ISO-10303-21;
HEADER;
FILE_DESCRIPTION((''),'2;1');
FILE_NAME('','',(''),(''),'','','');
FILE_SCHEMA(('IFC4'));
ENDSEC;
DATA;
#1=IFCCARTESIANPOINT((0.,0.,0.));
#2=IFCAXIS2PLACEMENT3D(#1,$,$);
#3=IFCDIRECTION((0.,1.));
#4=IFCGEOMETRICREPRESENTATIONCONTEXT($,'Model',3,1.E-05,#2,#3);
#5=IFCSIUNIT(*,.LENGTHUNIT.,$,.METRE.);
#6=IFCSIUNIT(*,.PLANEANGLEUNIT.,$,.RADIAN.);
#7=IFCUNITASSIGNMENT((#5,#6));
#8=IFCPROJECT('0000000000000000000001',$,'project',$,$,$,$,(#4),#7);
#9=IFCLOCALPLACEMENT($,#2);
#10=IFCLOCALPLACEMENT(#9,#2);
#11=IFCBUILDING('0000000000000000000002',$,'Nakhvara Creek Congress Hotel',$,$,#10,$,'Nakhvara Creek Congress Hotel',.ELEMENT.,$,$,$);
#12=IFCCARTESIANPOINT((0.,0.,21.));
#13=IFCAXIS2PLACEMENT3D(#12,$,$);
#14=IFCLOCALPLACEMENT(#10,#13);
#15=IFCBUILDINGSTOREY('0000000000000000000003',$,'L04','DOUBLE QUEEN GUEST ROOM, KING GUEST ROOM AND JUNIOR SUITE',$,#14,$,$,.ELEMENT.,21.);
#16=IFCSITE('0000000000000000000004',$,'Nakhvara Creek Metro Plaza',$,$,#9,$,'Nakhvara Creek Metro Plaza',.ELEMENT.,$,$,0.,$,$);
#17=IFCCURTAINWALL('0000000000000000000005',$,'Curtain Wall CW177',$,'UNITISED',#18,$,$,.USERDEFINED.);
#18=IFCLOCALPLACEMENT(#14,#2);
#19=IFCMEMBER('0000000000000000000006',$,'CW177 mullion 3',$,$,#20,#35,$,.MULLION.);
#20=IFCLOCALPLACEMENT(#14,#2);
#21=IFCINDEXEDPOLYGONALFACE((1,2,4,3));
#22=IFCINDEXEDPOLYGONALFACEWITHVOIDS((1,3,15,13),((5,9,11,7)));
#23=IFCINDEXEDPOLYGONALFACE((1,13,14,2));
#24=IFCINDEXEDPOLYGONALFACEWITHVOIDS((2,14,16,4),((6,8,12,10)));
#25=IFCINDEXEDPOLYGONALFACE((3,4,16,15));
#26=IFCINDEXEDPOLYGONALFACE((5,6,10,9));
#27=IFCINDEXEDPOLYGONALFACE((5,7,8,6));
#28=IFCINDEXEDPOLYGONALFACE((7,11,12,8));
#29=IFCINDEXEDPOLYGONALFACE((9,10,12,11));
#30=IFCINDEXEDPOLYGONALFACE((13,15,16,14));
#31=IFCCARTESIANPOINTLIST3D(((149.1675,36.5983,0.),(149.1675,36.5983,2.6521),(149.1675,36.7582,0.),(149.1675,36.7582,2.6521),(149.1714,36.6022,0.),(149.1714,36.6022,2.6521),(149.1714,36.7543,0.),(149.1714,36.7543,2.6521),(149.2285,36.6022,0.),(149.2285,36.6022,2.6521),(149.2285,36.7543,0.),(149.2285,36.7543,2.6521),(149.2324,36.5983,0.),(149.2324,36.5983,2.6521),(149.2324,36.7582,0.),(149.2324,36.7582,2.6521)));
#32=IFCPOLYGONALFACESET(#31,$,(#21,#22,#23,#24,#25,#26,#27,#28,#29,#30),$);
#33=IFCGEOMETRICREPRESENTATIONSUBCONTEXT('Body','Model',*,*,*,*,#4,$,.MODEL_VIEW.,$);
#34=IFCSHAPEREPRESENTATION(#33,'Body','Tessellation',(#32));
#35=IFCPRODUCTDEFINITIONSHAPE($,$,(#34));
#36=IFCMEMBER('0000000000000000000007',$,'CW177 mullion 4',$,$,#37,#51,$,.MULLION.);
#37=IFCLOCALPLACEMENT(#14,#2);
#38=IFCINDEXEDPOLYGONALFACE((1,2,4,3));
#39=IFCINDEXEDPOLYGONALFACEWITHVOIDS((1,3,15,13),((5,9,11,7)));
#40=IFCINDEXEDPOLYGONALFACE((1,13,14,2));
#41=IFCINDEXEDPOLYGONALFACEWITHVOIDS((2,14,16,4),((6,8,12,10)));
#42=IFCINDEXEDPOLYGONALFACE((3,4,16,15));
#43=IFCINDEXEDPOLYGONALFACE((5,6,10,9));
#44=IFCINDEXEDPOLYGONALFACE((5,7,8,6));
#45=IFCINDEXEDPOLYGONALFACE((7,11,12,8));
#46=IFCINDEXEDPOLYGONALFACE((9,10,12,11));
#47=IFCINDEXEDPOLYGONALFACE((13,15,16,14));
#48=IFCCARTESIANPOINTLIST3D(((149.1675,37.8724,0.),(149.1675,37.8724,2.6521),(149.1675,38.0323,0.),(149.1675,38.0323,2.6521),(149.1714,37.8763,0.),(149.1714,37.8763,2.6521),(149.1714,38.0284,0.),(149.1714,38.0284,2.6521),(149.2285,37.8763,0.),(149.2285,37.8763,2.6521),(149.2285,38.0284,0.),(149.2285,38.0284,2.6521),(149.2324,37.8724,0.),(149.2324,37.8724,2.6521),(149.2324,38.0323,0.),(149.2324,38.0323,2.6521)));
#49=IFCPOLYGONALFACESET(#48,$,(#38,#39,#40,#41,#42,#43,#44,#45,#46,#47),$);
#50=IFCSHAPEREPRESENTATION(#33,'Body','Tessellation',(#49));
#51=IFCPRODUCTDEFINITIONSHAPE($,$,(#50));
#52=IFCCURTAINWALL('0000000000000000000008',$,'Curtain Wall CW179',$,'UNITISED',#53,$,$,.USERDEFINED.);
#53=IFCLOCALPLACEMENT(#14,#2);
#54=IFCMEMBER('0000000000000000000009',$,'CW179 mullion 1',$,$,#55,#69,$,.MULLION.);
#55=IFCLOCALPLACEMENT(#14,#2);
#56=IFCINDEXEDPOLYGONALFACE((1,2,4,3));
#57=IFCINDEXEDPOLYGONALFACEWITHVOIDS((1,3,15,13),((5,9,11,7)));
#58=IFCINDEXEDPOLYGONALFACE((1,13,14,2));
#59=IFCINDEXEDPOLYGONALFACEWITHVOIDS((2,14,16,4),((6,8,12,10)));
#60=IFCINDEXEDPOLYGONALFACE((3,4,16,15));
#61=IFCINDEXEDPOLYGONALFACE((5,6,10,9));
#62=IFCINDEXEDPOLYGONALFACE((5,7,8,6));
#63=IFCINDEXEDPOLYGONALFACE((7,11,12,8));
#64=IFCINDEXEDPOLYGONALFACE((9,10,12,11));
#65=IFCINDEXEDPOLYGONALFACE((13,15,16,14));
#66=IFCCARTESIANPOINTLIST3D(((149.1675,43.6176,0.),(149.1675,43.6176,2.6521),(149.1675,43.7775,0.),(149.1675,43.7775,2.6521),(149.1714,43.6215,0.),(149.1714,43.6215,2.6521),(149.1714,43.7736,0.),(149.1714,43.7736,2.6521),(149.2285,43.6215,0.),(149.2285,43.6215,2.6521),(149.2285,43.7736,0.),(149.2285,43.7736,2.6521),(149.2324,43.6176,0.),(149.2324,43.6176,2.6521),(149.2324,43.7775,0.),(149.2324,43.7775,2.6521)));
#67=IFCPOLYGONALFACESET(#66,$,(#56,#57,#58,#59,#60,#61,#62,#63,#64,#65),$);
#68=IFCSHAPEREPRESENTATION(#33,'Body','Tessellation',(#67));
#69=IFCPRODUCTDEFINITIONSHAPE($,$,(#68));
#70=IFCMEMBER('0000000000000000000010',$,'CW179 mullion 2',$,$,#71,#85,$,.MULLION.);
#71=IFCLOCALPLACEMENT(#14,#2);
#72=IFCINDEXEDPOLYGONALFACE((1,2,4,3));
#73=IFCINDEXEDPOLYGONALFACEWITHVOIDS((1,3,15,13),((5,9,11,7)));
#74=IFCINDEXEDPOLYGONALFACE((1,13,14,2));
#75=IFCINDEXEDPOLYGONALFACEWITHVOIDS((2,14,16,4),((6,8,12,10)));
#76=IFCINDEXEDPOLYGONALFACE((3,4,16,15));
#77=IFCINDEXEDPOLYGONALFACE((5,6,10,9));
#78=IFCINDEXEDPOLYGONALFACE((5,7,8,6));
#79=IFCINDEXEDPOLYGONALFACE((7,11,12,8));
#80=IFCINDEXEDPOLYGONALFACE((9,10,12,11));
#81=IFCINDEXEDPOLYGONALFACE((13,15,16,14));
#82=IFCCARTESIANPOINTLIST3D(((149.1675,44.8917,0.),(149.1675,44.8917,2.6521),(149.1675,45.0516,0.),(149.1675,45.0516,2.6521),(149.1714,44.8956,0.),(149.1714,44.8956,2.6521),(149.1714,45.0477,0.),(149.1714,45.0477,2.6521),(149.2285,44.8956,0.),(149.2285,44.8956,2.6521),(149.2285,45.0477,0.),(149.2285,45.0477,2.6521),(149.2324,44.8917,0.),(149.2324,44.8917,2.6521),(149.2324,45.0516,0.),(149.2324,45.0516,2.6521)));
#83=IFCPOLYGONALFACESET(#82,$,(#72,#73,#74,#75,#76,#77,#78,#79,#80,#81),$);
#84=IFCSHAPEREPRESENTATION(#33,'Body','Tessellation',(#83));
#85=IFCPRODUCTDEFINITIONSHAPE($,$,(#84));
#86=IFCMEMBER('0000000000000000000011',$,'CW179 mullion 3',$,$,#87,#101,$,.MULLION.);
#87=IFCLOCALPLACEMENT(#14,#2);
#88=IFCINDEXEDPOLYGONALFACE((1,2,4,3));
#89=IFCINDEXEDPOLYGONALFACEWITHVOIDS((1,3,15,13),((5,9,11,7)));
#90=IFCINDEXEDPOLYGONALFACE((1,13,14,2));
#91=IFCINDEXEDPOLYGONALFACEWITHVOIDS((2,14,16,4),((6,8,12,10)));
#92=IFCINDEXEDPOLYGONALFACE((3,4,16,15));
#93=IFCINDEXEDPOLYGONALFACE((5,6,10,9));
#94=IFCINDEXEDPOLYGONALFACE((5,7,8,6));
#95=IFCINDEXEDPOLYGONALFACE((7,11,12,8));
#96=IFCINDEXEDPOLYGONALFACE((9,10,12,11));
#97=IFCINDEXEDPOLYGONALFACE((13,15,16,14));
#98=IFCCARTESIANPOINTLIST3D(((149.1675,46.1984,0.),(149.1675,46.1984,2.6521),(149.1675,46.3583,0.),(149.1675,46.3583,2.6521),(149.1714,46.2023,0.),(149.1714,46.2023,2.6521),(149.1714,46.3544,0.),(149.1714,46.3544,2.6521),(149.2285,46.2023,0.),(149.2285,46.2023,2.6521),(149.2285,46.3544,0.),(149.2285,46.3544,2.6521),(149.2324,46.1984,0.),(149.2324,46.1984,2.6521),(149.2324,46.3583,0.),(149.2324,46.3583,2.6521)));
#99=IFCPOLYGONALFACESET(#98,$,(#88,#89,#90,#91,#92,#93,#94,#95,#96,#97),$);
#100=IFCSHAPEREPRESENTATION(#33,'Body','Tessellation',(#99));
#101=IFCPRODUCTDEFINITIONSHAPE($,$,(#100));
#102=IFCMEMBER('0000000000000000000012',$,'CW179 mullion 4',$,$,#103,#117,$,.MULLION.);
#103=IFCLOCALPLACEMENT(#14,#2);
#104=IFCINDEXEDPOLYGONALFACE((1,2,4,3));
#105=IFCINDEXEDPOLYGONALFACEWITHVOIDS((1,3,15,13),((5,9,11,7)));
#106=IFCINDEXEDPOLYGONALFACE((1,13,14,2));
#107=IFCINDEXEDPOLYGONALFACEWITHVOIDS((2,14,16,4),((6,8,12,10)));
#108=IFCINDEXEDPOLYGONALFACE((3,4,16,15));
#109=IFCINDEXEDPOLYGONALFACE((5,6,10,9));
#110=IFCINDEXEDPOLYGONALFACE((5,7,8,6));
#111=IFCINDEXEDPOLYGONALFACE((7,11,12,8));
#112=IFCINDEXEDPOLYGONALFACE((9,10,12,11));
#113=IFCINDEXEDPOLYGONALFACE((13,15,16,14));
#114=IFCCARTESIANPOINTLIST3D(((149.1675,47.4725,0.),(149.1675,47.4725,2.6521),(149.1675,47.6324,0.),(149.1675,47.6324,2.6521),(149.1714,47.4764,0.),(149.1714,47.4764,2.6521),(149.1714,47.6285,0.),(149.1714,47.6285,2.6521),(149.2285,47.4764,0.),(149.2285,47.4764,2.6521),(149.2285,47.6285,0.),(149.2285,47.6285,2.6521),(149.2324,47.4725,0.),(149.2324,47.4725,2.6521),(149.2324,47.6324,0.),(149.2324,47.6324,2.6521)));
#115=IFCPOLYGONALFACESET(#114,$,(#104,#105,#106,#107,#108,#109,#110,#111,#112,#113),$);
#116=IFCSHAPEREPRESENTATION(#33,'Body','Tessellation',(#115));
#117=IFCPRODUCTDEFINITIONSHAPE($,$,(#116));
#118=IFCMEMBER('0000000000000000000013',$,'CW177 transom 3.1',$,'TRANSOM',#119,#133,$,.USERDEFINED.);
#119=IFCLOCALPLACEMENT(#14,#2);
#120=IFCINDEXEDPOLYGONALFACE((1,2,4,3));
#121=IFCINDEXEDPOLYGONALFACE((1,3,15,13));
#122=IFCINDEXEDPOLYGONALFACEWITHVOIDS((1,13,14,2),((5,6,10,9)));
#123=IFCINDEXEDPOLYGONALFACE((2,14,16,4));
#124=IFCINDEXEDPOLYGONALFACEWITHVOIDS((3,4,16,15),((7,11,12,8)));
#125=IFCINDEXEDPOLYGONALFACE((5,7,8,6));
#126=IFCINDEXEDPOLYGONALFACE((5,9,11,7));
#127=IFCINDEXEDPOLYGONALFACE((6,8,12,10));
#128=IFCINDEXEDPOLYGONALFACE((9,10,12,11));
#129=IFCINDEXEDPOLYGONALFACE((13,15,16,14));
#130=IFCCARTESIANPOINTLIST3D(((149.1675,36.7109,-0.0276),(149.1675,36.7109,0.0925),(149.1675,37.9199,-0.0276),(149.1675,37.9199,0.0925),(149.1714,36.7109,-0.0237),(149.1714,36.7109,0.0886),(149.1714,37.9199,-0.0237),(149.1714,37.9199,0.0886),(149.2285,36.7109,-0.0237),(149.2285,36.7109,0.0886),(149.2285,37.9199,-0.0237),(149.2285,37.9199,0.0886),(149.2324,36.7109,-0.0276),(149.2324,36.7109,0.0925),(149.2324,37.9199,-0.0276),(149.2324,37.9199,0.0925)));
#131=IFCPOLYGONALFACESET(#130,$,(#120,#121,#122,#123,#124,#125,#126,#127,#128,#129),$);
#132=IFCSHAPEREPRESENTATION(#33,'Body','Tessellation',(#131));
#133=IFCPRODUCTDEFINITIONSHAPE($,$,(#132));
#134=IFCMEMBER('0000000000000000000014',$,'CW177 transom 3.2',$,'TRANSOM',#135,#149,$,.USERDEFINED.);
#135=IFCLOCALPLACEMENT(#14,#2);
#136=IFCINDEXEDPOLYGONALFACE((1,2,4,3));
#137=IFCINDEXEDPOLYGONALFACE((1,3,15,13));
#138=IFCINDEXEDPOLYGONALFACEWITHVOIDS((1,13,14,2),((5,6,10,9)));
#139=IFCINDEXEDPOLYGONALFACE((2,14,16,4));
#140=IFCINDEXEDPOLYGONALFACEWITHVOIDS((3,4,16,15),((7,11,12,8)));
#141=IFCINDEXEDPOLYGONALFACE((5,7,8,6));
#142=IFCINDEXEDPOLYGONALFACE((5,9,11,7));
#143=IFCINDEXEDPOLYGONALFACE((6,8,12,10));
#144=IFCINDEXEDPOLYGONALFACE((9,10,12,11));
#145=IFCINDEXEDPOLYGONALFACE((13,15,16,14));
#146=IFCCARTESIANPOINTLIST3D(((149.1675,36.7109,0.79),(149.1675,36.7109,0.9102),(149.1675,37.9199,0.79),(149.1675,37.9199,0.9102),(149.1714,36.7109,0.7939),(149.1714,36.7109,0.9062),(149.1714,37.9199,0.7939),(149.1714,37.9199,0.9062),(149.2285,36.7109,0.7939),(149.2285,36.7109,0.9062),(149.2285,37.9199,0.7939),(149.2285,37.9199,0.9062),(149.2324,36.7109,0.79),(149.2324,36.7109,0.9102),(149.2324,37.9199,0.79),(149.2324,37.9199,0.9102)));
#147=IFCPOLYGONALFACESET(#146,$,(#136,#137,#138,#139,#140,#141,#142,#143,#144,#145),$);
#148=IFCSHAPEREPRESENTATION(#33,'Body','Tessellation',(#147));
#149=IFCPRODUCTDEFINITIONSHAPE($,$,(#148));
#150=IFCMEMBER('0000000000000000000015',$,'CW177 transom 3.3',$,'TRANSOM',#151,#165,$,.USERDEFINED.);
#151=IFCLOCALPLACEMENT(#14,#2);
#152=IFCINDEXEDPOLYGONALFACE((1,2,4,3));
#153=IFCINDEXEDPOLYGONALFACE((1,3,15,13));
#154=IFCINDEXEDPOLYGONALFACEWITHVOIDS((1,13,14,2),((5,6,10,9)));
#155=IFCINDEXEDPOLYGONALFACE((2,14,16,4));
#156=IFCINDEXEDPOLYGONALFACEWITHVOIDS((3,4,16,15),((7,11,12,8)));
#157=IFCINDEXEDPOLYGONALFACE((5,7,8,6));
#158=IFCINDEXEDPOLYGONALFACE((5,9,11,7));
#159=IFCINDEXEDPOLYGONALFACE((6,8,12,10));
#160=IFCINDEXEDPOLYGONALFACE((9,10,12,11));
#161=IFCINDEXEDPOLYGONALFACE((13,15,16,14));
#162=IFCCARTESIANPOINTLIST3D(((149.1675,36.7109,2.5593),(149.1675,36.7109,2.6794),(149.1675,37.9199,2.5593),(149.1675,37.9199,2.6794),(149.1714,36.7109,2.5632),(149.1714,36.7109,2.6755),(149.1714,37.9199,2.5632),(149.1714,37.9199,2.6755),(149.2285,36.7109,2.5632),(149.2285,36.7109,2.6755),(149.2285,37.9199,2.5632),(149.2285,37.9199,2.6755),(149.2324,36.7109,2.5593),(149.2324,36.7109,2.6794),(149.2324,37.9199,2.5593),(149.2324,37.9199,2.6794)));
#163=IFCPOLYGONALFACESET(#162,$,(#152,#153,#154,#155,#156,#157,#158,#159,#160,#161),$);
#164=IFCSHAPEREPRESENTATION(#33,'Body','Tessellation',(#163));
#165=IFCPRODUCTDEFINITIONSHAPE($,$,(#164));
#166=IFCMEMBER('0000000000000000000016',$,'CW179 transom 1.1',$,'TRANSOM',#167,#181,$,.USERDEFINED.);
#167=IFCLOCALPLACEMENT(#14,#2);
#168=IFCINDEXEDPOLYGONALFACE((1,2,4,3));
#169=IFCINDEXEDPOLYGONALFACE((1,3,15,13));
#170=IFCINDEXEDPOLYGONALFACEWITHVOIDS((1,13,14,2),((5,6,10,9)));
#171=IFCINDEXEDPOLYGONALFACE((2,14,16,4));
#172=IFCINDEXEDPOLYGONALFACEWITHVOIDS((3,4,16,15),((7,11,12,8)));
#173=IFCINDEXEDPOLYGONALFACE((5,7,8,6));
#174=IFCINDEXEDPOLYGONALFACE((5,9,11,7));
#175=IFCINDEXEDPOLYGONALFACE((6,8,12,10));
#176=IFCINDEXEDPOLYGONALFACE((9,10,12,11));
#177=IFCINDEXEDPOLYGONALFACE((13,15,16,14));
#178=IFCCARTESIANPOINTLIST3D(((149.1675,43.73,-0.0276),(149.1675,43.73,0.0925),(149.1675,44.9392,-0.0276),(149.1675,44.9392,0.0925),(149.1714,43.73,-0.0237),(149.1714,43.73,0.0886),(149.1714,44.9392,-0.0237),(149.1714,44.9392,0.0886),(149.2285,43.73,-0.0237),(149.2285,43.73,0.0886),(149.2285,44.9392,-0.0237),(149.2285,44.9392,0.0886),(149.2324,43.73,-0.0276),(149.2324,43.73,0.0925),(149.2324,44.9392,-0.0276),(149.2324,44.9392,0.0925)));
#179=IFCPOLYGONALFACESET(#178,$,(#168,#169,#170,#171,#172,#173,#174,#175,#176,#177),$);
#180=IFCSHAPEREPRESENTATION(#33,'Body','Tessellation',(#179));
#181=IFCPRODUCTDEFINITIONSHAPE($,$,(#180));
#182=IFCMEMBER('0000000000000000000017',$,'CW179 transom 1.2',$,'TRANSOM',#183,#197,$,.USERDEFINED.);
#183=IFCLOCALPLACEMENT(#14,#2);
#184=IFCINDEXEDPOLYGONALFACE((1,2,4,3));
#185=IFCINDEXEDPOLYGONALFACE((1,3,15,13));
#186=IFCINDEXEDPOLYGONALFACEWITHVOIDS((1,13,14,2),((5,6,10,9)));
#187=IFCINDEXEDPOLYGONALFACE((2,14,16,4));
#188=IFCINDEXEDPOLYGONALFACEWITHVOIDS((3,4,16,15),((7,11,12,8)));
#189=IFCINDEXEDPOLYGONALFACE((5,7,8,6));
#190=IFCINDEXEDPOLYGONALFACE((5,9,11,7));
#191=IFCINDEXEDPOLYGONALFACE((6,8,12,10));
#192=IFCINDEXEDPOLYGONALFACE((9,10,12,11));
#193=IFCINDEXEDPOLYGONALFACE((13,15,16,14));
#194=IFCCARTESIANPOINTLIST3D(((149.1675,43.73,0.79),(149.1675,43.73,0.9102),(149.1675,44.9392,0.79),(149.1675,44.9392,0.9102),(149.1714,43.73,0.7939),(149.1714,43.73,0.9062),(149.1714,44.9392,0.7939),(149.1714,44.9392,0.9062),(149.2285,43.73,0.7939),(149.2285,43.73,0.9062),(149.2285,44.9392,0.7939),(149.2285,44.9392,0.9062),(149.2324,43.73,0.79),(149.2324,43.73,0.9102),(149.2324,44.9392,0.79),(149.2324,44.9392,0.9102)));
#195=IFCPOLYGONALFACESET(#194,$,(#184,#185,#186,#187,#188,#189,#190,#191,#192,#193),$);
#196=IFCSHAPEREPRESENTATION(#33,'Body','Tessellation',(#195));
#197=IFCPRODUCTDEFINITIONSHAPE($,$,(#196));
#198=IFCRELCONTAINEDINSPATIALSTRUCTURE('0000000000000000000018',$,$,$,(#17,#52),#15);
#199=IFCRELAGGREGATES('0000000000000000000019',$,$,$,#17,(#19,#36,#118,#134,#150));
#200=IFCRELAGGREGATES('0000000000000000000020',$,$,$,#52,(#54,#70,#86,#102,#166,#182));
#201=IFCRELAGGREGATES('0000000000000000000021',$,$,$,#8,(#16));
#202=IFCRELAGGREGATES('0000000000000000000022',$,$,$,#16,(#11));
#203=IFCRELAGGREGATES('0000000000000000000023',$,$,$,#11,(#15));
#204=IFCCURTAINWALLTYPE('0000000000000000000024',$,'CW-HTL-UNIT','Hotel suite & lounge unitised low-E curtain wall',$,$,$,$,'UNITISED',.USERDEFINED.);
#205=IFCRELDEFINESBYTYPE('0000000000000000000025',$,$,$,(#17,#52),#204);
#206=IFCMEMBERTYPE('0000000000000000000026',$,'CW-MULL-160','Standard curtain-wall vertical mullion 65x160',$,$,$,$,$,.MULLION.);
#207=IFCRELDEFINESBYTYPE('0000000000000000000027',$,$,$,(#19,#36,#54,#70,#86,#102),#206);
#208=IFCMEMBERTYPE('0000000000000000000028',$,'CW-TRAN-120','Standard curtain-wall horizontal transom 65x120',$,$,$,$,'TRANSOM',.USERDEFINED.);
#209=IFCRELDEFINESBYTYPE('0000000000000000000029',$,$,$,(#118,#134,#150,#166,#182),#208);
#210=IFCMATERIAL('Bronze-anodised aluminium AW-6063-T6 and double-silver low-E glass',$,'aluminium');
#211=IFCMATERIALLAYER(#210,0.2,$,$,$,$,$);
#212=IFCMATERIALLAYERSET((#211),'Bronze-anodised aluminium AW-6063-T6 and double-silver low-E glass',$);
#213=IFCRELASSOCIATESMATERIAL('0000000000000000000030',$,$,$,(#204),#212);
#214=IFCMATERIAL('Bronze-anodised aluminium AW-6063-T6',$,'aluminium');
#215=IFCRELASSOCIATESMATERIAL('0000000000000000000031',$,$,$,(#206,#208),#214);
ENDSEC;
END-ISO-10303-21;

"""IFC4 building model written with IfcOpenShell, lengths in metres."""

from ifc_helpers import new_model, si_unit, direction, frame, origin, origin_2d, place, context, subcontext, project, spatial, hollow_rectangle, extrude, material, layer, layer_set, material_profile, profile_set, type_object, element, aggregate, save


model = new_model("IFC4")

# Units and contexts
model_context = context("Model", 3, precision=1e-05, world=origin(), true_north=direction((0.0, 1.0)))
body_context = subcontext(model_context, "Body", "Model", "MODEL_VIEW")
ifc_project = project(units=[si_unit("LENGTHUNIT", "METRE"), si_unit("PLANEANGLEUNIT", "RADIAN")], contexts=[model_context])

# Site, building, storey
site_placement = place(None, origin())
site = spatial("IfcSite", under=ifc_project, at=site_placement, Name="Nakhvara Creek Metro Plaza", LongName="Nakhvara Creek Metro Plaza", CompositionType="ELEMENT", RefElevation=0.0)
building_placement = place(site_placement, origin())
building = spatial("IfcBuilding", under=site, at=building_placement, Name="Nakhvara Creek Congress Hotel", LongName="Nakhvara Creek Congress Hotel", CompositionType="ELEMENT")
storey_placement = place(building_placement, frame((0.0, 0.0, 21.0)))
storey = spatial("IfcBuildingStorey", under=building, at=storey_placement, Name="L04", Description="DOUBLE QUEEN GUEST ROOM, KING GUEST ROOM AND JUNIOR SUITE", CompositionType="ELEMENT", Elevation=21.0)

# Curtain walls, members
ifc_material_1 = material(Name="Bronze-anodised aluminium AW-6063-T6 and double-silver low-E glass", Category="aluminium")
ifc_layer = layer(ifc_material_1, 0.2)
ifc_layer_set = layer_set([ifc_layer], Name="Bronze-anodised aluminium AW-6063-T6 and double-silver low-E glass")
curtain_wall_type = type_object("IfcCurtainWallType", Name="CW-HTL-UNIT", Description="Hotel suite & lounge unitised low-E curtain wall", ElementType="UNITISED", PredefinedType="USERDEFINED", material=ifc_layer_set)
curtain_wall_1_placement = place(storey_placement, origin())
curtain_wall_1 = element("IfcCurtainWall", 1, at=curtain_wall_1_placement, inside=storey, type_object=curtain_wall_type, Name="Curtain Wall CW177", ObjectType="UNITISED", PredefinedType="USERDEFINED")
ifc_material_2 = material(Name="Bronze-anodised aluminium AW-6063-T6", Category="aluminium")
ifc_material_profile_1 = material_profile(ifc_material_2, hollow_rectangle(XDim=0.0649, YDim=0.1599, WallThickness=0.0039, at=origin_2d()), Name="ALU-MULL 65x160x4", Category="LoadBearing")
ifc_profile_set_1 = profile_set([ifc_material_profile_1], Name="Bronze-anodised aluminium AW-6063-T6")
member_type_1 = type_object("IfcMemberType", Name="CW-MULL-160", Description="Standard curtain-wall vertical mullion 65x160", PredefinedType="MULLION", material=ifc_profile_set_1)
member_1_placement = place(storey_placement, frame((149.2, 36.6782, 0.0), z_axis=(0.0, 0.0, 1.0), x_axis=(-1.0, 0.0, 0.0)))
member_1 = element("IfcMember", 2, at=member_1_placement, type_object=member_type_1, Name="CW177 mullion 3", PredefinedType="MULLION", context=body_context, shape_type="SweptSolid", body=[
    extrude(hollow_rectangle(XDim=0.0649, YDim=0.1599, WallThickness=0.0039, at=origin_2d()), origin(), (0.0, 0.0, 1.0), 2.6521),
])
member_2_placement = place(storey_placement, frame((149.2, 37.9524, 0.0), z_axis=(0.0, 0.0, 1.0), x_axis=(-1.0, 0.0, 0.0)))
member_2 = element("IfcMember", 3, at=member_2_placement, type_object=member_type_1, Name="CW177 mullion 4", PredefinedType="MULLION", context=body_context, shape_type="SweptSolid", body=[
    extrude(hollow_rectangle(XDim=0.0649, YDim=0.1599, WallThickness=0.0039, at=origin_2d()), origin(), (0.0, 0.0, 1.0), 2.6521),
])
curtain_wall_2_placement = place(storey_placement, origin())
curtain_wall_2 = element("IfcCurtainWall", 4, at=curtain_wall_2_placement, inside=storey, type_object=curtain_wall_type, Name="Curtain Wall CW179", ObjectType="UNITISED", PredefinedType="USERDEFINED")
member_3_placement = place(storey_placement, frame((149.2, 43.6975, 0.0), z_axis=(0.0, 0.0, 1.0), x_axis=(-1.0, 0.0, 0.0)))
member_3 = element("IfcMember", 5, at=member_3_placement, type_object=member_type_1, Name="CW179 mullion 1", PredefinedType="MULLION", context=body_context, shape_type="SweptSolid", body=[
    extrude(hollow_rectangle(XDim=0.0649, YDim=0.1599, WallThickness=0.0039, at=origin_2d()), origin(), (0.0, 0.0, 1.0), 2.6521),
])
member_4_placement = place(storey_placement, frame((149.2, 44.9717, 0.0), z_axis=(0.0, 0.0, 1.0), x_axis=(-1.0, 0.0, 0.0)))
member_4 = element("IfcMember", 6, at=member_4_placement, type_object=member_type_1, Name="CW179 mullion 2", PredefinedType="MULLION", context=body_context, shape_type="SweptSolid", body=[
    extrude(hollow_rectangle(XDim=0.0649, YDim=0.1599, WallThickness=0.0039, at=origin_2d()), origin(), (0.0, 0.0, 1.0), 2.6521),
])
member_5_placement = place(storey_placement, frame((149.2, 46.2783, 0.0), z_axis=(0.0, 0.0, 1.0), x_axis=(-1.0, 0.0, 0.0)))
member_5 = element("IfcMember", 7, at=member_5_placement, type_object=member_type_1, Name="CW179 mullion 3", PredefinedType="MULLION", context=body_context, shape_type="SweptSolid", body=[
    extrude(hollow_rectangle(XDim=0.0649, YDim=0.1599, WallThickness=0.0039, at=origin_2d()), origin(), (0.0, 0.0, 1.0), 2.6521),
])
member_6_placement = place(storey_placement, frame((149.2, 47.5525, 0.0), z_axis=(0.0, 0.0, 1.0), x_axis=(-1.0, 0.0, 0.0)))
member_6 = element("IfcMember", 8, at=member_6_placement, type_object=member_type_1, Name="CW179 mullion 4", PredefinedType="MULLION", context=body_context, shape_type="SweptSolid", body=[
    extrude(hollow_rectangle(XDim=0.0649, YDim=0.1599, WallThickness=0.0039, at=origin_2d()), origin(), (0.0, 0.0, 1.0), 2.6521),
])

# Members
ifc_material_profile_2 = material_profile(ifc_material_2, hollow_rectangle(XDim=0.0649, YDim=0.1201, WallThickness=0.0039, at=origin_2d()), Name="ALU-TRAN 65x120x4", Category="LoadBearing")
ifc_profile_set_2 = profile_set([ifc_material_profile_2], Name="Bronze-anodised aluminium AW-6063-T6")
member_type_2 = type_object("IfcMemberType", Name="CW-TRAN-120", Description="Standard curtain-wall horizontal transom 65x120", ElementType="TRANSOM", PredefinedType="USERDEFINED", material=ifc_profile_set_2)
member_7_placement = place(storey_placement, frame((149.2, 36.7109, 0.0325), z_axis=(0.0, 1.0, 0.0), x_axis=(-1.0, 0.0, 0.0)))
member_7 = element("IfcMember", 9, at=member_7_placement, type_object=member_type_2, Name="CW177 transom 3.1", ObjectType="TRANSOM", PredefinedType="USERDEFINED", context=body_context, shape_type="SweptSolid", body=[
    extrude(hollow_rectangle(XDim=0.0649, YDim=0.1201, WallThickness=0.0039, at=origin_2d()), origin(), (0.0, 0.0, 1.0), 1.209),
])
member_8_placement = place(storey_placement, frame((149.2, 36.7109, 0.8501), z_axis=(0.0, 1.0, 0.0), x_axis=(-1.0, 0.0, 0.0)))
member_8 = element("IfcMember", 10, at=member_8_placement, type_object=member_type_2, Name="CW177 transom 3.2", ObjectType="TRANSOM", PredefinedType="USERDEFINED", context=body_context, shape_type="SweptSolid", body=[
    extrude(hollow_rectangle(XDim=0.0649, YDim=0.1201, WallThickness=0.0039, at=origin_2d()), origin(), (0.0, 0.0, 1.0), 1.209),
])
member_9_placement = place(storey_placement, frame((149.2, 36.7109, 2.6194), z_axis=(0.0, 1.0, 0.0), x_axis=(-1.0, 0.0, 0.0)))
member_9 = element("IfcMember", 11, at=member_9_placement, type_object=member_type_2, Name="CW177 transom 3.3", ObjectType="TRANSOM", PredefinedType="USERDEFINED", context=body_context, shape_type="SweptSolid", body=[
    extrude(hollow_rectangle(XDim=0.0649, YDim=0.1201, WallThickness=0.0039, at=origin_2d()), origin(), (0.0, 0.0, 1.0), 1.209),
])
member_10_placement = place(storey_placement, frame((149.2, 43.73, 0.0325), z_axis=(0.0, 1.0, 0.0), x_axis=(-1.0, 0.0, 0.0)))
member_10 = element("IfcMember", 12, at=member_10_placement, type_object=member_type_2, Name="CW179 transom 1.1", ObjectType="TRANSOM", PredefinedType="USERDEFINED", context=body_context, shape_type="SweptSolid", body=[
    extrude(hollow_rectangle(XDim=0.0649, YDim=0.1201, WallThickness=0.0039, at=origin_2d()), origin(), (0.0, 0.0, 1.0), 1.2092),
])
member_11_placement = place(storey_placement, frame((149.2, 43.73, 0.8501), z_axis=(0.0, 1.0, 0.0), x_axis=(-1.0, 0.0, 0.0)))
member_11 = element("IfcMember", 13, at=member_11_placement, type_object=member_type_2, Name="CW179 transom 1.2", ObjectType="TRANSOM", PredefinedType="USERDEFINED", context=body_context, shape_type="SweptSolid", body=[
    extrude(hollow_rectangle(XDim=0.0649, YDim=0.1201, WallThickness=0.0039, at=origin_2d()), origin(), (0.0, 0.0, 1.0), 1.2092),
])

aggregate(curtain_wall_1, [member_1, member_2, member_7, member_8, member_9])
aggregate(curtain_wall_2, [member_3, member_4, member_5, member_6, member_10, member_11])

save(model, "model.ifc")
